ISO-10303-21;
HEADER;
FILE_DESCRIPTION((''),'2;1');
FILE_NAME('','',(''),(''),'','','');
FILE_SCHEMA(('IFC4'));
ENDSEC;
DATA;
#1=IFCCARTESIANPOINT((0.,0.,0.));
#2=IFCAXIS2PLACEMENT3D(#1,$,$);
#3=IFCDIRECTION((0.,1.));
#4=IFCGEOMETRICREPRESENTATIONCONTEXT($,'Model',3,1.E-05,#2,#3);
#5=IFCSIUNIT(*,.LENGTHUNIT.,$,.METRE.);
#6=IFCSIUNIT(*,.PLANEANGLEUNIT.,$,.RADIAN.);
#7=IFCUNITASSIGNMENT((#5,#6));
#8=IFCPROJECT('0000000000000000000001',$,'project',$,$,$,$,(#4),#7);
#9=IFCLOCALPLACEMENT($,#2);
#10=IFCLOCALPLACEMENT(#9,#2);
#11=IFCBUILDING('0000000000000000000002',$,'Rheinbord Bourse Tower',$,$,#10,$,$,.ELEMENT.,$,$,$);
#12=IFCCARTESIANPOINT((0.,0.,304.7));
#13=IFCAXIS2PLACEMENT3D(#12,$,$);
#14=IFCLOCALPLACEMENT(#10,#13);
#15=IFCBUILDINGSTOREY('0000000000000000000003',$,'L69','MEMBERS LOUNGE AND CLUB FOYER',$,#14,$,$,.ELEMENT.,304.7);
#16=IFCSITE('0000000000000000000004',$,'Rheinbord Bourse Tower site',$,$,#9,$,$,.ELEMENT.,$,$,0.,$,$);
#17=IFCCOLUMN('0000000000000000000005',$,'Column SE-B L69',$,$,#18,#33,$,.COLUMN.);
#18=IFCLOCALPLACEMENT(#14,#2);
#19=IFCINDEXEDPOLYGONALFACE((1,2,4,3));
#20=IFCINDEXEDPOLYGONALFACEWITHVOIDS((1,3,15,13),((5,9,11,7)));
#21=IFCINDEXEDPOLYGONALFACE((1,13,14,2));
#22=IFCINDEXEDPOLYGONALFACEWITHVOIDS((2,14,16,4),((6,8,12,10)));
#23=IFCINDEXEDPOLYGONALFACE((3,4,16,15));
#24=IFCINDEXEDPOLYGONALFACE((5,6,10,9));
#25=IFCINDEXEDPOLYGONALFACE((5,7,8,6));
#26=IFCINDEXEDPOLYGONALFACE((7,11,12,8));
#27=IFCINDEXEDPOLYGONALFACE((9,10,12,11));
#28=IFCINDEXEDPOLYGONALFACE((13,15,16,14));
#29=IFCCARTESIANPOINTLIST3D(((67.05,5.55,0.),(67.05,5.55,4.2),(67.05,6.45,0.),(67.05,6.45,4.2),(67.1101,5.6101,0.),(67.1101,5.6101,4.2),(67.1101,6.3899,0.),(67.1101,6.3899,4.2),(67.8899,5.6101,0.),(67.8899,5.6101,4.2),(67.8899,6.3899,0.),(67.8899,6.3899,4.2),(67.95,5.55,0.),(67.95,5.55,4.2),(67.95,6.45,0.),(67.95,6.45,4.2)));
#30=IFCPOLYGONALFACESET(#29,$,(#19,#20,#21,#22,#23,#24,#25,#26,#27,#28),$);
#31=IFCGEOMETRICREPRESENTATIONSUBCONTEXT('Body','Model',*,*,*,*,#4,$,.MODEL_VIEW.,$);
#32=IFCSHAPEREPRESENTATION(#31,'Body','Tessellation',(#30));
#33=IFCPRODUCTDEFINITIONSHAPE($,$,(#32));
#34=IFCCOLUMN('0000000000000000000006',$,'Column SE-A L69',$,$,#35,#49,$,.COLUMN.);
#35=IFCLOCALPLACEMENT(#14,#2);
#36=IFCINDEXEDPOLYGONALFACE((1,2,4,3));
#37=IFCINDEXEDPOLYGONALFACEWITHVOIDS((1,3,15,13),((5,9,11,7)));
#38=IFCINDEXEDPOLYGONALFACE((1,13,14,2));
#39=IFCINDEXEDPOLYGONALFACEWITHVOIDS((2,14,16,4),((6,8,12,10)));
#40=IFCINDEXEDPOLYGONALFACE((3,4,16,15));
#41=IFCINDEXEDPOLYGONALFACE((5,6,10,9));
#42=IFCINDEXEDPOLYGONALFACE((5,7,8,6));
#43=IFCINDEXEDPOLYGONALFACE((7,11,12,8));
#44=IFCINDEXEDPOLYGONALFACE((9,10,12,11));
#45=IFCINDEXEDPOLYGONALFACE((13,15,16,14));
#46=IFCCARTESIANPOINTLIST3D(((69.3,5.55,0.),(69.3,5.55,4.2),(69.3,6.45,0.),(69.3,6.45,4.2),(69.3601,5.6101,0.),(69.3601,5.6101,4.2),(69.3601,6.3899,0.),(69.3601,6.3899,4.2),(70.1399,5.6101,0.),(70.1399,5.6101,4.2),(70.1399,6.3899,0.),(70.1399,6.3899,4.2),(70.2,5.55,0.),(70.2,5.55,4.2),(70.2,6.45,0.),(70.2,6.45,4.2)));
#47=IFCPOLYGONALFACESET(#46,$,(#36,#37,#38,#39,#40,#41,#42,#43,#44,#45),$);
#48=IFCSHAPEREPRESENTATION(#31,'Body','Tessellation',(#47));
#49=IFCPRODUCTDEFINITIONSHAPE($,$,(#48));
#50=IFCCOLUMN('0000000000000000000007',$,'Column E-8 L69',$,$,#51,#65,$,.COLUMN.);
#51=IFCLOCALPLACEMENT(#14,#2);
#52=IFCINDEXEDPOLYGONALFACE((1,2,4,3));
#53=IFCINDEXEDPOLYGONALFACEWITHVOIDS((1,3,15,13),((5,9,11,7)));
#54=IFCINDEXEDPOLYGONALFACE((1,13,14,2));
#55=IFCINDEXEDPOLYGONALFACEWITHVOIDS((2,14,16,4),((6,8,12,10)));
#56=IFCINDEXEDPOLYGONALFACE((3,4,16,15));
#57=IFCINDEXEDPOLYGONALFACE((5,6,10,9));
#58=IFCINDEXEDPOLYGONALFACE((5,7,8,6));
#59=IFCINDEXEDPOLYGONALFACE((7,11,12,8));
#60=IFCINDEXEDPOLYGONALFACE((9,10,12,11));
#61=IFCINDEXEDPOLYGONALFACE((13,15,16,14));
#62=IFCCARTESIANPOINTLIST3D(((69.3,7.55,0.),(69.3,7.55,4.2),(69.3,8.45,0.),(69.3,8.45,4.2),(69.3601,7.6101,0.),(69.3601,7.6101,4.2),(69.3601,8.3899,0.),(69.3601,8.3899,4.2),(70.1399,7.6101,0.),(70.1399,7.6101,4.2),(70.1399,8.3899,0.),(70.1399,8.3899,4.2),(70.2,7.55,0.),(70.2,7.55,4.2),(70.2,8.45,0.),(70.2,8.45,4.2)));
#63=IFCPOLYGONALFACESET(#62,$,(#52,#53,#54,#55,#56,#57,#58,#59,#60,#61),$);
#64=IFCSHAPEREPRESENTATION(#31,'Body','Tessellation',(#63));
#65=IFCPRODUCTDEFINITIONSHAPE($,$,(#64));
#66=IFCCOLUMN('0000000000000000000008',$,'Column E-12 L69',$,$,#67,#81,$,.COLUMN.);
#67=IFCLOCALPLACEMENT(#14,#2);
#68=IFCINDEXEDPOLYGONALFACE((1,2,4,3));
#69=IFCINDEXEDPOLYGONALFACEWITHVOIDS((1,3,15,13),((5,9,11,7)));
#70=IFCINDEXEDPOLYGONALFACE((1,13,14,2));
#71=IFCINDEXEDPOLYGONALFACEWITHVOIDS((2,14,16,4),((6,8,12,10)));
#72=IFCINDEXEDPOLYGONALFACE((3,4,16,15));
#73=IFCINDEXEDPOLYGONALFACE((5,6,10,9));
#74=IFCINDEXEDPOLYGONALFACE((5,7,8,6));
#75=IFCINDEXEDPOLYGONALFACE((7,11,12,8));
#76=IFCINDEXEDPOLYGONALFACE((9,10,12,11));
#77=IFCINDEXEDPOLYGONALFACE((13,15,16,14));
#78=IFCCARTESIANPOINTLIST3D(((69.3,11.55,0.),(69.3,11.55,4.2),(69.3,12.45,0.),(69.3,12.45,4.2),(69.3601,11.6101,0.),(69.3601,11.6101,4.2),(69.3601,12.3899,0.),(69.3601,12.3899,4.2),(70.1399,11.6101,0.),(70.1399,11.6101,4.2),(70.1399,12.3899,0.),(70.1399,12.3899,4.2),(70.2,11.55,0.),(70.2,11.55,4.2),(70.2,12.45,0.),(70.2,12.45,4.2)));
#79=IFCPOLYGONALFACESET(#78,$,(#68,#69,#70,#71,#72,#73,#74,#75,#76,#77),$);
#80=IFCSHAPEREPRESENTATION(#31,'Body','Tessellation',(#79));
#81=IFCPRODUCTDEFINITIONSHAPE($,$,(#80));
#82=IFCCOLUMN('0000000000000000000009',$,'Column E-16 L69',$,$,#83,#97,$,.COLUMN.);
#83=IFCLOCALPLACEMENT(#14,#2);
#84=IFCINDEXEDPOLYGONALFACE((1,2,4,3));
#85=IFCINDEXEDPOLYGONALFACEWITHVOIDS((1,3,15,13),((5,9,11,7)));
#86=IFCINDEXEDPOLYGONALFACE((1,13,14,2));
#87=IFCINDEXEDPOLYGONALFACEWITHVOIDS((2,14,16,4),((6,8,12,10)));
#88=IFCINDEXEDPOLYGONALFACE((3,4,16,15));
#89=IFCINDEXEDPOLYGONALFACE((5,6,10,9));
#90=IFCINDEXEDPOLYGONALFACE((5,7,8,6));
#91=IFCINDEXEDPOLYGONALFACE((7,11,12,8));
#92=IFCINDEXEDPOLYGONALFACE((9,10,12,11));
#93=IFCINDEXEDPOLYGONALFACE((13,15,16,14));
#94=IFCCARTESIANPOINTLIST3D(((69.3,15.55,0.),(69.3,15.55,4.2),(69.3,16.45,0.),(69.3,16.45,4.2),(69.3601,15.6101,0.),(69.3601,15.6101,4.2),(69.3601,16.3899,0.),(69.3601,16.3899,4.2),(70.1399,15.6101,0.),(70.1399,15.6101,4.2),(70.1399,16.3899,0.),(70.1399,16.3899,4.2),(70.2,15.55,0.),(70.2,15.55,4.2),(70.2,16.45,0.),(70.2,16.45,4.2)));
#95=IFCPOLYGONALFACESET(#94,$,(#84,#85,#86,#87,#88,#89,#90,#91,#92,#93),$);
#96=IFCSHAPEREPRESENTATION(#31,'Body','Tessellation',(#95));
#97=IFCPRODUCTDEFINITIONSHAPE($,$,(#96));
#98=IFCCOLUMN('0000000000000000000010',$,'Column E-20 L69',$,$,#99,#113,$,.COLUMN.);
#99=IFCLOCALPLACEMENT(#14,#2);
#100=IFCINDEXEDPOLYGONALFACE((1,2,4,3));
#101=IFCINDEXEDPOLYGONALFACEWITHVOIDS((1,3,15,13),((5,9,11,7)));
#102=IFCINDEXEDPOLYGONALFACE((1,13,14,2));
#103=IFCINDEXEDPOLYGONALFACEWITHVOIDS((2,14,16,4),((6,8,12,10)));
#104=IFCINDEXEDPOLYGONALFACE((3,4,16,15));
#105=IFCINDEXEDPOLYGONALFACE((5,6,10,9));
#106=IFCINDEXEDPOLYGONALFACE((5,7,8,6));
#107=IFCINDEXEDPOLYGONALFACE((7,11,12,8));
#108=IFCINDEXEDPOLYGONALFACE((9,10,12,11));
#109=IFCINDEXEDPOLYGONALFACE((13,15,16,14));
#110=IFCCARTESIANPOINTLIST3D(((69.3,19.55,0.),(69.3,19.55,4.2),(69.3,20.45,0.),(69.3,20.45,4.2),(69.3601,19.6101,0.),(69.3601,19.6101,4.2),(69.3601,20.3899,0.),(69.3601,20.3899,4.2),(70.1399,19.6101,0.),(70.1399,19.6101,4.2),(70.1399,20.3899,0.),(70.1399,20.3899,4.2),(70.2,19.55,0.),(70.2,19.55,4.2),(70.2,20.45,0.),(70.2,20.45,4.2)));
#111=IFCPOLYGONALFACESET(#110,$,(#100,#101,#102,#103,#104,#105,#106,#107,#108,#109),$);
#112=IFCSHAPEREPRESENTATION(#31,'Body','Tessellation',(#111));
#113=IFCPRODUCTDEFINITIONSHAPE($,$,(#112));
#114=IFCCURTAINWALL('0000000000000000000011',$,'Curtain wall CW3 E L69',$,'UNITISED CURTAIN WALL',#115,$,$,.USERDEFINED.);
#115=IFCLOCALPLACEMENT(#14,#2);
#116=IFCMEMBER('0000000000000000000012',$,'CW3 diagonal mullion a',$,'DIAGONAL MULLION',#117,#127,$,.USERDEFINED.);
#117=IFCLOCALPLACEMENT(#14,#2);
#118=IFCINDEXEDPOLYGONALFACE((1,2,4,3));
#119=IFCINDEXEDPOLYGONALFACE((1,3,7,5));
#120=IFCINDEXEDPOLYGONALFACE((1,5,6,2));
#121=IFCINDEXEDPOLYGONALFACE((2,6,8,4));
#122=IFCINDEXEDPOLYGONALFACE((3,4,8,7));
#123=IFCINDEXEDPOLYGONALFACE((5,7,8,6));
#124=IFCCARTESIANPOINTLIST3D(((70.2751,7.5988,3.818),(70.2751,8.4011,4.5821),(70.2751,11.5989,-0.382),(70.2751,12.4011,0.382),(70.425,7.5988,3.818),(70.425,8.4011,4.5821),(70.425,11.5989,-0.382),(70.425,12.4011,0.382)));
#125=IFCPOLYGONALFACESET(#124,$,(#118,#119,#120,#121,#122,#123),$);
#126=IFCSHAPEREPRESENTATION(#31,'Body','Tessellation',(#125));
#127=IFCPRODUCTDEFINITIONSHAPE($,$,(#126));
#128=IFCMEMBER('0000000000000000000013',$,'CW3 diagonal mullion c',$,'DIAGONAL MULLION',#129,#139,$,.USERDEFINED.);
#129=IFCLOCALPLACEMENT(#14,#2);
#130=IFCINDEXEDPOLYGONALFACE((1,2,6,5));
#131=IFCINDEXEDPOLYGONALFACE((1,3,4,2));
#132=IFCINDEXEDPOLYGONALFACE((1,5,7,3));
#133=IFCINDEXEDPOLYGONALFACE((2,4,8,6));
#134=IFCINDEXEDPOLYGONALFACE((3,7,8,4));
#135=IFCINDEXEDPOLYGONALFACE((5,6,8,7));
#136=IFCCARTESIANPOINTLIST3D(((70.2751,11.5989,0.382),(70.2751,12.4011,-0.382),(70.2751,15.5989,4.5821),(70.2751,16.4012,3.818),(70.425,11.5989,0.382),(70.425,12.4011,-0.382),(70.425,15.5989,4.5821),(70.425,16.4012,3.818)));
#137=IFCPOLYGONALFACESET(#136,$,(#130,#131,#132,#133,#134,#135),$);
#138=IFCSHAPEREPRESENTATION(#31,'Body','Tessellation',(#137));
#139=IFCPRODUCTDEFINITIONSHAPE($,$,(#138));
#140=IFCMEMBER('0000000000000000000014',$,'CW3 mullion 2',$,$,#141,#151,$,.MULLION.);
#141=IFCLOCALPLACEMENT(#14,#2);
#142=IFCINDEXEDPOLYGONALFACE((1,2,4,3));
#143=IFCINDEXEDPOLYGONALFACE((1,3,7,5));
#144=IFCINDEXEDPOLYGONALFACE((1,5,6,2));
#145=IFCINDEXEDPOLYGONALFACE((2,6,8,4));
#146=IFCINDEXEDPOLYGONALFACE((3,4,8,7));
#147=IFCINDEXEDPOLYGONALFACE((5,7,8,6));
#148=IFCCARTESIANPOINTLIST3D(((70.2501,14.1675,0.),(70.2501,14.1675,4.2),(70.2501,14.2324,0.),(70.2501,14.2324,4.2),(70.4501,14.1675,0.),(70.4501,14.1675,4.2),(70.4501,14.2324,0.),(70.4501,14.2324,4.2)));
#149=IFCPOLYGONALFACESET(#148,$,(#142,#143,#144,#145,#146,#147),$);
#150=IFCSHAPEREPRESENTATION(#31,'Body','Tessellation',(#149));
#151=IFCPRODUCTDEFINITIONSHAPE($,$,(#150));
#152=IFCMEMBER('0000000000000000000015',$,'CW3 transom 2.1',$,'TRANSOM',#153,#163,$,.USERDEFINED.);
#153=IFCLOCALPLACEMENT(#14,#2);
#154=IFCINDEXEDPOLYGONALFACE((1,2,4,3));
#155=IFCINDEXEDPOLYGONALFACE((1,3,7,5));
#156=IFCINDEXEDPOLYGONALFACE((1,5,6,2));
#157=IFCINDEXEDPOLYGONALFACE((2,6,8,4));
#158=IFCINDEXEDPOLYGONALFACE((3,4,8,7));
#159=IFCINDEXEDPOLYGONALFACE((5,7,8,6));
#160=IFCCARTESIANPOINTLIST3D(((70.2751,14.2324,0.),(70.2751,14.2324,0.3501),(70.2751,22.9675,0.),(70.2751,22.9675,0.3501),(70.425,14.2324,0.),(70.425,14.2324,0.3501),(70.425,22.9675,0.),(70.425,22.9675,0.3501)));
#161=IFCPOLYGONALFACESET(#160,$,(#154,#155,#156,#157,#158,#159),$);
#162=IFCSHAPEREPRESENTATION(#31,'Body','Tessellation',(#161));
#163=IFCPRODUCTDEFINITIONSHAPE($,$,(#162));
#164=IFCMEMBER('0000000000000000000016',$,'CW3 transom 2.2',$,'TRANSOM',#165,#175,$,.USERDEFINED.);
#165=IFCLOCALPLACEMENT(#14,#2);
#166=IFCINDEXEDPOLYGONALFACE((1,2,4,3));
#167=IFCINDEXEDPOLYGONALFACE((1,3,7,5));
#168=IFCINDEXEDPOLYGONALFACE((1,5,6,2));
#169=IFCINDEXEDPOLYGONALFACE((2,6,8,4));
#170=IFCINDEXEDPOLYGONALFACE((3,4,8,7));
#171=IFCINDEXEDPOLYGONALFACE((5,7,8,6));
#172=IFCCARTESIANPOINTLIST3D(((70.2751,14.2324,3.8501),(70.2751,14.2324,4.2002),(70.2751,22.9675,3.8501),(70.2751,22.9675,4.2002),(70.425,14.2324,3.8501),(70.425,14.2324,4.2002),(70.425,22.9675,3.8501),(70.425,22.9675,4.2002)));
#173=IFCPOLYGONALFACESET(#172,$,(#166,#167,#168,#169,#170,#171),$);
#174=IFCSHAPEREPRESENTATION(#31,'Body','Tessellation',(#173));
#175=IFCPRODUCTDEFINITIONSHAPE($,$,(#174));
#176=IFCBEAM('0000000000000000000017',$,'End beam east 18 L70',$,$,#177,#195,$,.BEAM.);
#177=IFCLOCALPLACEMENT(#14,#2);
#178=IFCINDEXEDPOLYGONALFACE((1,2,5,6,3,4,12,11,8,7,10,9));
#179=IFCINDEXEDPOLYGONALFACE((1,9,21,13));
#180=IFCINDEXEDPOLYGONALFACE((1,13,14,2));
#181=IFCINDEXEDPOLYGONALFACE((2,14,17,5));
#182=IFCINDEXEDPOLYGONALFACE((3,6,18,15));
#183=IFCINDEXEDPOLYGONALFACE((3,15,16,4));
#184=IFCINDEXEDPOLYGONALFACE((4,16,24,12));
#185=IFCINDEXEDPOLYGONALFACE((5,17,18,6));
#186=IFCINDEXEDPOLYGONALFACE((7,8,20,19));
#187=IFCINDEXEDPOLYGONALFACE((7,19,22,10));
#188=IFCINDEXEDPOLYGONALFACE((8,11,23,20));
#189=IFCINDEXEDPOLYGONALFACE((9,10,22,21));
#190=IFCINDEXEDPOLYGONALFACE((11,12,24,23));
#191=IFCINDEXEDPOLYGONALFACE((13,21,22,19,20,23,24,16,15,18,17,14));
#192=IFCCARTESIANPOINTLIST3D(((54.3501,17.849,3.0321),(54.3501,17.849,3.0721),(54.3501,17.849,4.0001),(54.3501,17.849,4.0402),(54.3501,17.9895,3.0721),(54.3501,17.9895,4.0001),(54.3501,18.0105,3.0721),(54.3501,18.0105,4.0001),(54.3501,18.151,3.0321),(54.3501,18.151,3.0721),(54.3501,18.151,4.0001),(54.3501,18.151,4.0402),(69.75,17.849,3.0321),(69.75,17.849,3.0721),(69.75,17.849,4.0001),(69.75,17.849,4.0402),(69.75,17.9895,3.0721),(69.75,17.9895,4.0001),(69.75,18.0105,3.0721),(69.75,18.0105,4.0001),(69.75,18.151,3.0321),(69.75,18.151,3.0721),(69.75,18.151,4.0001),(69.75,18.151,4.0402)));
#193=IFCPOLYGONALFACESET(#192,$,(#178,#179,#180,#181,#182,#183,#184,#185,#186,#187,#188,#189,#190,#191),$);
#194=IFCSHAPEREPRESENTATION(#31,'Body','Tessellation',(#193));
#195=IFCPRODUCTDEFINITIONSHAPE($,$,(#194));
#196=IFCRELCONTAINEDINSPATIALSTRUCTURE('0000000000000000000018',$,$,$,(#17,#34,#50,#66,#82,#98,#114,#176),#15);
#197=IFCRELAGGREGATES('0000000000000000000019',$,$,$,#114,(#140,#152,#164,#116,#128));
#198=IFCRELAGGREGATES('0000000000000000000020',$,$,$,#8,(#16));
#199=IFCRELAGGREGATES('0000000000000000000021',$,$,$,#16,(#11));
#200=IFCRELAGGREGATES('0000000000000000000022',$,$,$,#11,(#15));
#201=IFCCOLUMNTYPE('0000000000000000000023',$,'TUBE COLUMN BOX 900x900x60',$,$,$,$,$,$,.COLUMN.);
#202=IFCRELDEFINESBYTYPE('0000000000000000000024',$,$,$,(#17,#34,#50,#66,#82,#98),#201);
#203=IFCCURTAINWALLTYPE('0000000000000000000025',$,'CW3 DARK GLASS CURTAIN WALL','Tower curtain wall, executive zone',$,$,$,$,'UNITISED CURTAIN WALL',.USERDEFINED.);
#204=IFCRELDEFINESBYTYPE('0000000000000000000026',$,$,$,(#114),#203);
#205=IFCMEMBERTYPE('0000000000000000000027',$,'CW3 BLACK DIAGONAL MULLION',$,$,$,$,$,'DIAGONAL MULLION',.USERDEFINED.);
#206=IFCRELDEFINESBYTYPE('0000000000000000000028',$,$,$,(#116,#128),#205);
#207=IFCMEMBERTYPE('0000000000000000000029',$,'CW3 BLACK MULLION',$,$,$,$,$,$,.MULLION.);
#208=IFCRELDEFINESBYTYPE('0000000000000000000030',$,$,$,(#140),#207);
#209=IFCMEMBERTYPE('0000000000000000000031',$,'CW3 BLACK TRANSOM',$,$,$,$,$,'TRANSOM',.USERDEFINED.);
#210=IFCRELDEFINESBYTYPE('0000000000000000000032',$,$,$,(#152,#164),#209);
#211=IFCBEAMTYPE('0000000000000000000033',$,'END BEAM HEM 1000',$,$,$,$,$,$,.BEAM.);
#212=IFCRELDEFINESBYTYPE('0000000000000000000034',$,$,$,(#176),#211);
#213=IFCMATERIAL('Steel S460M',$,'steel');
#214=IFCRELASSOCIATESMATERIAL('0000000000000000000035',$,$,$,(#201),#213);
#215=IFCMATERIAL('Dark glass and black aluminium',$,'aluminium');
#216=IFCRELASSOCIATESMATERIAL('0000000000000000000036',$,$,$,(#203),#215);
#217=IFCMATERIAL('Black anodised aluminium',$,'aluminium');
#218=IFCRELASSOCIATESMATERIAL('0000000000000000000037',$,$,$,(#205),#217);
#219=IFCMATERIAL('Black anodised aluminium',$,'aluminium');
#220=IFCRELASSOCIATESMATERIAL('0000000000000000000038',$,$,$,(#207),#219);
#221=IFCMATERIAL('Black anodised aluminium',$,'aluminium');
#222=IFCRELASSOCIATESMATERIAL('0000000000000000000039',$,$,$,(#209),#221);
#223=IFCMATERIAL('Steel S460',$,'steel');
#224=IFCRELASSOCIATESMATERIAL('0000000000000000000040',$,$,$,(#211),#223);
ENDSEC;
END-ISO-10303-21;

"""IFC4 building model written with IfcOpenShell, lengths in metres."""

from ifc_helpers import new_model, si_unit, direction, frame, origin, origin_2d, place, context, subcontext, project, spatial, rectangle, hollow_rectangle, i_section, extrude, material, material_profile, profile_set, type_object, element, aggregate, save


model = new_model("IFC4")

# Units and contexts
model_context = context("Model", 3, precision=1e-05, world=origin(), true_north=direction((0.0, 1.0)))
body_context = subcontext(model_context, "Body", "Model", "MODEL_VIEW")
ifc_project = project(units=[si_unit("LENGTHUNIT", "METRE"), si_unit("PLANEANGLEUNIT", "RADIAN")], contexts=[model_context])

# Site, building, storey
site_placement = place(None, origin())
site = spatial("IfcSite", under=ifc_project, at=site_placement, Name="Rheinbord Bourse Tower site", CompositionType="ELEMENT", RefElevation=0.0)
building_placement = place(site_placement, origin())
building = spatial("IfcBuilding", under=site, at=building_placement, Name="Rheinbord Bourse Tower", CompositionType="ELEMENT")
storey_placement = place(building_placement, frame((0.0, 0.0, 304.7)))
storey = spatial("IfcBuildingStorey", under=building, at=storey_placement, Name="L69", Description="MEMBERS LOUNGE AND CLUB FOYER", CompositionType="ELEMENT", Elevation=304.7)

# Columns
ifc_material_1 = material(Name="Steel S460M", Category="steel")
ifc_material_profile_1 = material_profile(ifc_material_1, hollow_rectangle(XDim=0.8999, YDim=0.8999, WallThickness=0.0601, at=origin_2d()), Name="BOX 900x900x60")
ifc_profile_set_1 = profile_set([ifc_material_profile_1], Name="Steel S460M")
column_type = type_object("IfcColumnType", Name="TUBE COLUMN BOX 900x900x60", PredefinedType="COLUMN", material=ifc_profile_set_1)
for number, where, z_axis, x_axis, name in (
    (1, (67.5, 6.0, 0.0), (0.0, 0.0, 1.0), (1.0, 0.0, 0.0), "Column SE-B L69"),
    (2, (69.75, 6.0, 0.0), (0.0, 0.0, 1.0), (1.0, 0.0, 0.0), "Column SE-A L69"),
    (3, (69.75, 8.0, 0.0), (0.0, 0.0, 1.0), (1.0, 0.0, 0.0), "Column E-8 L69"),
    (4, (69.75, 12.0, 0.0), (0.0, 0.0, 1.0), (1.0, 0.0, 0.0), "Column E-12 L69"),
    (5, (69.75, 16.0, 0.0), (0.0, 0.0, 1.0), (1.0, 0.0, 0.0), "Column E-16 L69"),
    (6, (69.75, 20.0, 0.0), (0.0, 0.0, 1.0), (1.0, 0.0, 0.0), "Column E-20 L69"),
):
    element("IfcColumn", number, at=place(storey_placement, frame(where, z_axis=z_axis, x_axis=x_axis)), inside=storey, type_object=column_type, Name=name, PredefinedType="COLUMN", context=body_context, shape_type="SweptSolid", body=[
        extrude(hollow_rectangle(XDim=0.8999, YDim=0.8999, WallThickness=0.0601, at=origin_2d()), origin(), (0.0, 0.0, 1.0), 4.2),
    ])

# Curtain wall, members
ifc_material_2 = material(Name="Dark glass and black aluminium", Category="aluminium")
curtain_wall_type = type_object("IfcCurtainWallType", Name="CW3 DARK GLASS CURTAIN WALL", Description="Tower curtain wall, executive zone", ElementType="UNITISED CURTAIN WALL", PredefinedType="USERDEFINED", material=ifc_material_2)
curtain_wall_placement = place(storey_placement, origin())
curtain_wall = element("IfcCurtainWall", 7, at=curtain_wall_placement, inside=storey, type_object=curtain_wall_type, Name="Curtain wall CW3 E L69", ObjectType="UNITISED CURTAIN WALL", PredefinedType="USERDEFINED")
ifc_material_3 = material(Name="Black anodised aluminium", Category="aluminium")
ifc_material_profile_2 = material_profile(ifc_material_3, rectangle(XDim=0.1499, YDim=1.1079, at=origin_2d()), Name="CW3 DIAGONAL MULLION 1108x150")
ifc_profile_set_2 = profile_set([ifc_material_profile_2], Name="Black anodised aluminium")
member_type_1 = type_object("IfcMemberType", Name="CW3 BLACK DIAGONAL MULLION", ElementType="DIAGONAL MULLION", PredefinedType="USERDEFINED", material=ifc_profile_set_2)
member_1_placement = place(storey_placement, frame((70.3501, 12.0, 0.0), z_axis=(0.0, -0.689659, 0.724134), x_axis=(1.0, 0.0, 0.0)))
member_1 = element("IfcMember", 8, at=member_1_placement, type_object=member_type_1, Name="CW3 diagonal mullion a", ObjectType="DIAGONAL MULLION", PredefinedType="USERDEFINED", context=body_context, shape_type="SweptSolid", body=[
    extrude(rectangle(XDim=0.1499, YDim=1.1079, at=origin_2d()), origin(), (0.0, 0.0, 1.0), 5.8),
])
member_2_placement = place(storey_placement, frame((70.3501, 12.0, 0.0), z_axis=(0.0, 0.689659, 0.724134), x_axis=(-1.0, 0.0, 0.0)))
member_2 = element("IfcMember", 9, at=member_2_placement, type_object=member_type_1, Name="CW3 diagonal mullion c", ObjectType="DIAGONAL MULLION", PredefinedType="USERDEFINED", context=body_context, shape_type="SweptSolid", body=[
    extrude(rectangle(XDim=0.1499, YDim=1.1079, at=origin_2d()), origin(), (0.0, 0.0, 1.0), 5.8),
])
ifc_material_4 = material(Name="Black anodised aluminium", Category="aluminium")
ifc_material_profile_3 = material_profile(ifc_material_4, rectangle(XDim=0.2, YDim=0.0649, at=origin_2d()), Name="CW3 MULLION 65x200")
ifc_profile_set_3 = profile_set([ifc_material_profile_3], Name="Black anodised aluminium")
member_type_2 = type_object("IfcMemberType", Name="CW3 BLACK MULLION", PredefinedType="MULLION", material=ifc_profile_set_3)
member_3_placement = place(storey_placement, frame((70.3501, 14.2, 0.0), z_axis=(0.0, 0.0, 1.0), x_axis=(-1.0, 0.0, 0.0)))
member_3 = element("IfcMember", 10, at=member_3_placement, type_object=member_type_2, Name="CW3 mullion 2", PredefinedType="MULLION", context=body_context, shape_type="SweptSolid", body=[
    extrude(rectangle(XDim=0.2, YDim=0.0649, at=origin_2d()), origin(), (0.0, 0.0, 1.0), 4.2),
])
ifc_material_5 = material(Name="Black anodised aluminium", Category="aluminium")
ifc_material_profile_4 = material_profile(ifc_material_5, rectangle(XDim=0.1499, YDim=0.3501, at=origin_2d()), Name="CW3 TRANSOM 350x150")
ifc_profile_set_4 = profile_set([ifc_material_profile_4], Name="Black anodised aluminium")
member_type_3 = type_object("IfcMemberType", Name="CW3 BLACK TRANSOM", ElementType="TRANSOM", PredefinedType="USERDEFINED", material=ifc_profile_set_4)
member_4_placement = place(storey_placement, frame((70.3501, 14.2324, 0.175), z_axis=(0.0, 1.0, 0.0), x_axis=(-1.0, 0.0, 0.0)))
member_4 = element("IfcMember", 11, at=member_4_placement, type_object=member_type_3, Name="CW3 transom 2.1", ObjectType="TRANSOM", PredefinedType="USERDEFINED", context=body_context, shape_type="SweptSolid", body=[
    extrude(rectangle(XDim=0.1499, YDim=0.3501, at=origin_2d()), origin(), (0.0, 0.0, 1.0), 8.7351),
])
member_5_placement = place(storey_placement, frame((70.3501, 14.2324, 4.0251), z_axis=(0.0, 1.0, 0.0), x_axis=(-1.0, 0.0, 0.0)))
member_5 = element("IfcMember", 12, at=member_5_placement, type_object=member_type_3, Name="CW3 transom 2.2", ObjectType="TRANSOM", PredefinedType="USERDEFINED", context=body_context, shape_type="SweptSolid", body=[
    extrude(rectangle(XDim=0.1499, YDim=0.3501, at=origin_2d()), origin(), (0.0, 0.0, 1.0), 8.7351),
])

# Beam
ifc_material_6 = material(Name="Steel S460", Category="steel")
ifc_material_profile_5 = material_profile(ifc_material_6, i_section(OverallWidth=0.302, OverallDepth=1.0081, WebThickness=0.021, FlangeThickness=0.04, at=origin_2d()), Name="HEM 1000")
ifc_profile_set_5 = profile_set([ifc_material_profile_5], Name="Steel S460")
beam_type_1 = type_object("IfcBeamType", Name="END BEAM HEM 1000", PredefinedType="BEAM", material=ifc_profile_set_5)
for number, where, z_axis, x_axis, name in (
    (13, (54.3501, 18.0, 3.5361), (1.0, 0.0, 0.0), (0.0, 1.0, 0.0), "End beam east 18 L70"),
):
    element("IfcBeam", number, at=place(storey_placement, frame(where, z_axis=z_axis, x_axis=x_axis)), inside=storey, type_object=beam_type_1, Name=name, PredefinedType="BEAM", context=body_context, shape_type="SweptSolid", body=[
        extrude(i_section(OverallWidth=0.302, OverallDepth=1.0081, WebThickness=0.021, FlangeThickness=0.04, at=origin_2d()), origin(), (0.0, 0.0, 1.0), 15.3999),
    ])

aggregate(curtain_wall, [member_3, member_4, member_5, member_1, member_2])

save(model, "model.ifc")
